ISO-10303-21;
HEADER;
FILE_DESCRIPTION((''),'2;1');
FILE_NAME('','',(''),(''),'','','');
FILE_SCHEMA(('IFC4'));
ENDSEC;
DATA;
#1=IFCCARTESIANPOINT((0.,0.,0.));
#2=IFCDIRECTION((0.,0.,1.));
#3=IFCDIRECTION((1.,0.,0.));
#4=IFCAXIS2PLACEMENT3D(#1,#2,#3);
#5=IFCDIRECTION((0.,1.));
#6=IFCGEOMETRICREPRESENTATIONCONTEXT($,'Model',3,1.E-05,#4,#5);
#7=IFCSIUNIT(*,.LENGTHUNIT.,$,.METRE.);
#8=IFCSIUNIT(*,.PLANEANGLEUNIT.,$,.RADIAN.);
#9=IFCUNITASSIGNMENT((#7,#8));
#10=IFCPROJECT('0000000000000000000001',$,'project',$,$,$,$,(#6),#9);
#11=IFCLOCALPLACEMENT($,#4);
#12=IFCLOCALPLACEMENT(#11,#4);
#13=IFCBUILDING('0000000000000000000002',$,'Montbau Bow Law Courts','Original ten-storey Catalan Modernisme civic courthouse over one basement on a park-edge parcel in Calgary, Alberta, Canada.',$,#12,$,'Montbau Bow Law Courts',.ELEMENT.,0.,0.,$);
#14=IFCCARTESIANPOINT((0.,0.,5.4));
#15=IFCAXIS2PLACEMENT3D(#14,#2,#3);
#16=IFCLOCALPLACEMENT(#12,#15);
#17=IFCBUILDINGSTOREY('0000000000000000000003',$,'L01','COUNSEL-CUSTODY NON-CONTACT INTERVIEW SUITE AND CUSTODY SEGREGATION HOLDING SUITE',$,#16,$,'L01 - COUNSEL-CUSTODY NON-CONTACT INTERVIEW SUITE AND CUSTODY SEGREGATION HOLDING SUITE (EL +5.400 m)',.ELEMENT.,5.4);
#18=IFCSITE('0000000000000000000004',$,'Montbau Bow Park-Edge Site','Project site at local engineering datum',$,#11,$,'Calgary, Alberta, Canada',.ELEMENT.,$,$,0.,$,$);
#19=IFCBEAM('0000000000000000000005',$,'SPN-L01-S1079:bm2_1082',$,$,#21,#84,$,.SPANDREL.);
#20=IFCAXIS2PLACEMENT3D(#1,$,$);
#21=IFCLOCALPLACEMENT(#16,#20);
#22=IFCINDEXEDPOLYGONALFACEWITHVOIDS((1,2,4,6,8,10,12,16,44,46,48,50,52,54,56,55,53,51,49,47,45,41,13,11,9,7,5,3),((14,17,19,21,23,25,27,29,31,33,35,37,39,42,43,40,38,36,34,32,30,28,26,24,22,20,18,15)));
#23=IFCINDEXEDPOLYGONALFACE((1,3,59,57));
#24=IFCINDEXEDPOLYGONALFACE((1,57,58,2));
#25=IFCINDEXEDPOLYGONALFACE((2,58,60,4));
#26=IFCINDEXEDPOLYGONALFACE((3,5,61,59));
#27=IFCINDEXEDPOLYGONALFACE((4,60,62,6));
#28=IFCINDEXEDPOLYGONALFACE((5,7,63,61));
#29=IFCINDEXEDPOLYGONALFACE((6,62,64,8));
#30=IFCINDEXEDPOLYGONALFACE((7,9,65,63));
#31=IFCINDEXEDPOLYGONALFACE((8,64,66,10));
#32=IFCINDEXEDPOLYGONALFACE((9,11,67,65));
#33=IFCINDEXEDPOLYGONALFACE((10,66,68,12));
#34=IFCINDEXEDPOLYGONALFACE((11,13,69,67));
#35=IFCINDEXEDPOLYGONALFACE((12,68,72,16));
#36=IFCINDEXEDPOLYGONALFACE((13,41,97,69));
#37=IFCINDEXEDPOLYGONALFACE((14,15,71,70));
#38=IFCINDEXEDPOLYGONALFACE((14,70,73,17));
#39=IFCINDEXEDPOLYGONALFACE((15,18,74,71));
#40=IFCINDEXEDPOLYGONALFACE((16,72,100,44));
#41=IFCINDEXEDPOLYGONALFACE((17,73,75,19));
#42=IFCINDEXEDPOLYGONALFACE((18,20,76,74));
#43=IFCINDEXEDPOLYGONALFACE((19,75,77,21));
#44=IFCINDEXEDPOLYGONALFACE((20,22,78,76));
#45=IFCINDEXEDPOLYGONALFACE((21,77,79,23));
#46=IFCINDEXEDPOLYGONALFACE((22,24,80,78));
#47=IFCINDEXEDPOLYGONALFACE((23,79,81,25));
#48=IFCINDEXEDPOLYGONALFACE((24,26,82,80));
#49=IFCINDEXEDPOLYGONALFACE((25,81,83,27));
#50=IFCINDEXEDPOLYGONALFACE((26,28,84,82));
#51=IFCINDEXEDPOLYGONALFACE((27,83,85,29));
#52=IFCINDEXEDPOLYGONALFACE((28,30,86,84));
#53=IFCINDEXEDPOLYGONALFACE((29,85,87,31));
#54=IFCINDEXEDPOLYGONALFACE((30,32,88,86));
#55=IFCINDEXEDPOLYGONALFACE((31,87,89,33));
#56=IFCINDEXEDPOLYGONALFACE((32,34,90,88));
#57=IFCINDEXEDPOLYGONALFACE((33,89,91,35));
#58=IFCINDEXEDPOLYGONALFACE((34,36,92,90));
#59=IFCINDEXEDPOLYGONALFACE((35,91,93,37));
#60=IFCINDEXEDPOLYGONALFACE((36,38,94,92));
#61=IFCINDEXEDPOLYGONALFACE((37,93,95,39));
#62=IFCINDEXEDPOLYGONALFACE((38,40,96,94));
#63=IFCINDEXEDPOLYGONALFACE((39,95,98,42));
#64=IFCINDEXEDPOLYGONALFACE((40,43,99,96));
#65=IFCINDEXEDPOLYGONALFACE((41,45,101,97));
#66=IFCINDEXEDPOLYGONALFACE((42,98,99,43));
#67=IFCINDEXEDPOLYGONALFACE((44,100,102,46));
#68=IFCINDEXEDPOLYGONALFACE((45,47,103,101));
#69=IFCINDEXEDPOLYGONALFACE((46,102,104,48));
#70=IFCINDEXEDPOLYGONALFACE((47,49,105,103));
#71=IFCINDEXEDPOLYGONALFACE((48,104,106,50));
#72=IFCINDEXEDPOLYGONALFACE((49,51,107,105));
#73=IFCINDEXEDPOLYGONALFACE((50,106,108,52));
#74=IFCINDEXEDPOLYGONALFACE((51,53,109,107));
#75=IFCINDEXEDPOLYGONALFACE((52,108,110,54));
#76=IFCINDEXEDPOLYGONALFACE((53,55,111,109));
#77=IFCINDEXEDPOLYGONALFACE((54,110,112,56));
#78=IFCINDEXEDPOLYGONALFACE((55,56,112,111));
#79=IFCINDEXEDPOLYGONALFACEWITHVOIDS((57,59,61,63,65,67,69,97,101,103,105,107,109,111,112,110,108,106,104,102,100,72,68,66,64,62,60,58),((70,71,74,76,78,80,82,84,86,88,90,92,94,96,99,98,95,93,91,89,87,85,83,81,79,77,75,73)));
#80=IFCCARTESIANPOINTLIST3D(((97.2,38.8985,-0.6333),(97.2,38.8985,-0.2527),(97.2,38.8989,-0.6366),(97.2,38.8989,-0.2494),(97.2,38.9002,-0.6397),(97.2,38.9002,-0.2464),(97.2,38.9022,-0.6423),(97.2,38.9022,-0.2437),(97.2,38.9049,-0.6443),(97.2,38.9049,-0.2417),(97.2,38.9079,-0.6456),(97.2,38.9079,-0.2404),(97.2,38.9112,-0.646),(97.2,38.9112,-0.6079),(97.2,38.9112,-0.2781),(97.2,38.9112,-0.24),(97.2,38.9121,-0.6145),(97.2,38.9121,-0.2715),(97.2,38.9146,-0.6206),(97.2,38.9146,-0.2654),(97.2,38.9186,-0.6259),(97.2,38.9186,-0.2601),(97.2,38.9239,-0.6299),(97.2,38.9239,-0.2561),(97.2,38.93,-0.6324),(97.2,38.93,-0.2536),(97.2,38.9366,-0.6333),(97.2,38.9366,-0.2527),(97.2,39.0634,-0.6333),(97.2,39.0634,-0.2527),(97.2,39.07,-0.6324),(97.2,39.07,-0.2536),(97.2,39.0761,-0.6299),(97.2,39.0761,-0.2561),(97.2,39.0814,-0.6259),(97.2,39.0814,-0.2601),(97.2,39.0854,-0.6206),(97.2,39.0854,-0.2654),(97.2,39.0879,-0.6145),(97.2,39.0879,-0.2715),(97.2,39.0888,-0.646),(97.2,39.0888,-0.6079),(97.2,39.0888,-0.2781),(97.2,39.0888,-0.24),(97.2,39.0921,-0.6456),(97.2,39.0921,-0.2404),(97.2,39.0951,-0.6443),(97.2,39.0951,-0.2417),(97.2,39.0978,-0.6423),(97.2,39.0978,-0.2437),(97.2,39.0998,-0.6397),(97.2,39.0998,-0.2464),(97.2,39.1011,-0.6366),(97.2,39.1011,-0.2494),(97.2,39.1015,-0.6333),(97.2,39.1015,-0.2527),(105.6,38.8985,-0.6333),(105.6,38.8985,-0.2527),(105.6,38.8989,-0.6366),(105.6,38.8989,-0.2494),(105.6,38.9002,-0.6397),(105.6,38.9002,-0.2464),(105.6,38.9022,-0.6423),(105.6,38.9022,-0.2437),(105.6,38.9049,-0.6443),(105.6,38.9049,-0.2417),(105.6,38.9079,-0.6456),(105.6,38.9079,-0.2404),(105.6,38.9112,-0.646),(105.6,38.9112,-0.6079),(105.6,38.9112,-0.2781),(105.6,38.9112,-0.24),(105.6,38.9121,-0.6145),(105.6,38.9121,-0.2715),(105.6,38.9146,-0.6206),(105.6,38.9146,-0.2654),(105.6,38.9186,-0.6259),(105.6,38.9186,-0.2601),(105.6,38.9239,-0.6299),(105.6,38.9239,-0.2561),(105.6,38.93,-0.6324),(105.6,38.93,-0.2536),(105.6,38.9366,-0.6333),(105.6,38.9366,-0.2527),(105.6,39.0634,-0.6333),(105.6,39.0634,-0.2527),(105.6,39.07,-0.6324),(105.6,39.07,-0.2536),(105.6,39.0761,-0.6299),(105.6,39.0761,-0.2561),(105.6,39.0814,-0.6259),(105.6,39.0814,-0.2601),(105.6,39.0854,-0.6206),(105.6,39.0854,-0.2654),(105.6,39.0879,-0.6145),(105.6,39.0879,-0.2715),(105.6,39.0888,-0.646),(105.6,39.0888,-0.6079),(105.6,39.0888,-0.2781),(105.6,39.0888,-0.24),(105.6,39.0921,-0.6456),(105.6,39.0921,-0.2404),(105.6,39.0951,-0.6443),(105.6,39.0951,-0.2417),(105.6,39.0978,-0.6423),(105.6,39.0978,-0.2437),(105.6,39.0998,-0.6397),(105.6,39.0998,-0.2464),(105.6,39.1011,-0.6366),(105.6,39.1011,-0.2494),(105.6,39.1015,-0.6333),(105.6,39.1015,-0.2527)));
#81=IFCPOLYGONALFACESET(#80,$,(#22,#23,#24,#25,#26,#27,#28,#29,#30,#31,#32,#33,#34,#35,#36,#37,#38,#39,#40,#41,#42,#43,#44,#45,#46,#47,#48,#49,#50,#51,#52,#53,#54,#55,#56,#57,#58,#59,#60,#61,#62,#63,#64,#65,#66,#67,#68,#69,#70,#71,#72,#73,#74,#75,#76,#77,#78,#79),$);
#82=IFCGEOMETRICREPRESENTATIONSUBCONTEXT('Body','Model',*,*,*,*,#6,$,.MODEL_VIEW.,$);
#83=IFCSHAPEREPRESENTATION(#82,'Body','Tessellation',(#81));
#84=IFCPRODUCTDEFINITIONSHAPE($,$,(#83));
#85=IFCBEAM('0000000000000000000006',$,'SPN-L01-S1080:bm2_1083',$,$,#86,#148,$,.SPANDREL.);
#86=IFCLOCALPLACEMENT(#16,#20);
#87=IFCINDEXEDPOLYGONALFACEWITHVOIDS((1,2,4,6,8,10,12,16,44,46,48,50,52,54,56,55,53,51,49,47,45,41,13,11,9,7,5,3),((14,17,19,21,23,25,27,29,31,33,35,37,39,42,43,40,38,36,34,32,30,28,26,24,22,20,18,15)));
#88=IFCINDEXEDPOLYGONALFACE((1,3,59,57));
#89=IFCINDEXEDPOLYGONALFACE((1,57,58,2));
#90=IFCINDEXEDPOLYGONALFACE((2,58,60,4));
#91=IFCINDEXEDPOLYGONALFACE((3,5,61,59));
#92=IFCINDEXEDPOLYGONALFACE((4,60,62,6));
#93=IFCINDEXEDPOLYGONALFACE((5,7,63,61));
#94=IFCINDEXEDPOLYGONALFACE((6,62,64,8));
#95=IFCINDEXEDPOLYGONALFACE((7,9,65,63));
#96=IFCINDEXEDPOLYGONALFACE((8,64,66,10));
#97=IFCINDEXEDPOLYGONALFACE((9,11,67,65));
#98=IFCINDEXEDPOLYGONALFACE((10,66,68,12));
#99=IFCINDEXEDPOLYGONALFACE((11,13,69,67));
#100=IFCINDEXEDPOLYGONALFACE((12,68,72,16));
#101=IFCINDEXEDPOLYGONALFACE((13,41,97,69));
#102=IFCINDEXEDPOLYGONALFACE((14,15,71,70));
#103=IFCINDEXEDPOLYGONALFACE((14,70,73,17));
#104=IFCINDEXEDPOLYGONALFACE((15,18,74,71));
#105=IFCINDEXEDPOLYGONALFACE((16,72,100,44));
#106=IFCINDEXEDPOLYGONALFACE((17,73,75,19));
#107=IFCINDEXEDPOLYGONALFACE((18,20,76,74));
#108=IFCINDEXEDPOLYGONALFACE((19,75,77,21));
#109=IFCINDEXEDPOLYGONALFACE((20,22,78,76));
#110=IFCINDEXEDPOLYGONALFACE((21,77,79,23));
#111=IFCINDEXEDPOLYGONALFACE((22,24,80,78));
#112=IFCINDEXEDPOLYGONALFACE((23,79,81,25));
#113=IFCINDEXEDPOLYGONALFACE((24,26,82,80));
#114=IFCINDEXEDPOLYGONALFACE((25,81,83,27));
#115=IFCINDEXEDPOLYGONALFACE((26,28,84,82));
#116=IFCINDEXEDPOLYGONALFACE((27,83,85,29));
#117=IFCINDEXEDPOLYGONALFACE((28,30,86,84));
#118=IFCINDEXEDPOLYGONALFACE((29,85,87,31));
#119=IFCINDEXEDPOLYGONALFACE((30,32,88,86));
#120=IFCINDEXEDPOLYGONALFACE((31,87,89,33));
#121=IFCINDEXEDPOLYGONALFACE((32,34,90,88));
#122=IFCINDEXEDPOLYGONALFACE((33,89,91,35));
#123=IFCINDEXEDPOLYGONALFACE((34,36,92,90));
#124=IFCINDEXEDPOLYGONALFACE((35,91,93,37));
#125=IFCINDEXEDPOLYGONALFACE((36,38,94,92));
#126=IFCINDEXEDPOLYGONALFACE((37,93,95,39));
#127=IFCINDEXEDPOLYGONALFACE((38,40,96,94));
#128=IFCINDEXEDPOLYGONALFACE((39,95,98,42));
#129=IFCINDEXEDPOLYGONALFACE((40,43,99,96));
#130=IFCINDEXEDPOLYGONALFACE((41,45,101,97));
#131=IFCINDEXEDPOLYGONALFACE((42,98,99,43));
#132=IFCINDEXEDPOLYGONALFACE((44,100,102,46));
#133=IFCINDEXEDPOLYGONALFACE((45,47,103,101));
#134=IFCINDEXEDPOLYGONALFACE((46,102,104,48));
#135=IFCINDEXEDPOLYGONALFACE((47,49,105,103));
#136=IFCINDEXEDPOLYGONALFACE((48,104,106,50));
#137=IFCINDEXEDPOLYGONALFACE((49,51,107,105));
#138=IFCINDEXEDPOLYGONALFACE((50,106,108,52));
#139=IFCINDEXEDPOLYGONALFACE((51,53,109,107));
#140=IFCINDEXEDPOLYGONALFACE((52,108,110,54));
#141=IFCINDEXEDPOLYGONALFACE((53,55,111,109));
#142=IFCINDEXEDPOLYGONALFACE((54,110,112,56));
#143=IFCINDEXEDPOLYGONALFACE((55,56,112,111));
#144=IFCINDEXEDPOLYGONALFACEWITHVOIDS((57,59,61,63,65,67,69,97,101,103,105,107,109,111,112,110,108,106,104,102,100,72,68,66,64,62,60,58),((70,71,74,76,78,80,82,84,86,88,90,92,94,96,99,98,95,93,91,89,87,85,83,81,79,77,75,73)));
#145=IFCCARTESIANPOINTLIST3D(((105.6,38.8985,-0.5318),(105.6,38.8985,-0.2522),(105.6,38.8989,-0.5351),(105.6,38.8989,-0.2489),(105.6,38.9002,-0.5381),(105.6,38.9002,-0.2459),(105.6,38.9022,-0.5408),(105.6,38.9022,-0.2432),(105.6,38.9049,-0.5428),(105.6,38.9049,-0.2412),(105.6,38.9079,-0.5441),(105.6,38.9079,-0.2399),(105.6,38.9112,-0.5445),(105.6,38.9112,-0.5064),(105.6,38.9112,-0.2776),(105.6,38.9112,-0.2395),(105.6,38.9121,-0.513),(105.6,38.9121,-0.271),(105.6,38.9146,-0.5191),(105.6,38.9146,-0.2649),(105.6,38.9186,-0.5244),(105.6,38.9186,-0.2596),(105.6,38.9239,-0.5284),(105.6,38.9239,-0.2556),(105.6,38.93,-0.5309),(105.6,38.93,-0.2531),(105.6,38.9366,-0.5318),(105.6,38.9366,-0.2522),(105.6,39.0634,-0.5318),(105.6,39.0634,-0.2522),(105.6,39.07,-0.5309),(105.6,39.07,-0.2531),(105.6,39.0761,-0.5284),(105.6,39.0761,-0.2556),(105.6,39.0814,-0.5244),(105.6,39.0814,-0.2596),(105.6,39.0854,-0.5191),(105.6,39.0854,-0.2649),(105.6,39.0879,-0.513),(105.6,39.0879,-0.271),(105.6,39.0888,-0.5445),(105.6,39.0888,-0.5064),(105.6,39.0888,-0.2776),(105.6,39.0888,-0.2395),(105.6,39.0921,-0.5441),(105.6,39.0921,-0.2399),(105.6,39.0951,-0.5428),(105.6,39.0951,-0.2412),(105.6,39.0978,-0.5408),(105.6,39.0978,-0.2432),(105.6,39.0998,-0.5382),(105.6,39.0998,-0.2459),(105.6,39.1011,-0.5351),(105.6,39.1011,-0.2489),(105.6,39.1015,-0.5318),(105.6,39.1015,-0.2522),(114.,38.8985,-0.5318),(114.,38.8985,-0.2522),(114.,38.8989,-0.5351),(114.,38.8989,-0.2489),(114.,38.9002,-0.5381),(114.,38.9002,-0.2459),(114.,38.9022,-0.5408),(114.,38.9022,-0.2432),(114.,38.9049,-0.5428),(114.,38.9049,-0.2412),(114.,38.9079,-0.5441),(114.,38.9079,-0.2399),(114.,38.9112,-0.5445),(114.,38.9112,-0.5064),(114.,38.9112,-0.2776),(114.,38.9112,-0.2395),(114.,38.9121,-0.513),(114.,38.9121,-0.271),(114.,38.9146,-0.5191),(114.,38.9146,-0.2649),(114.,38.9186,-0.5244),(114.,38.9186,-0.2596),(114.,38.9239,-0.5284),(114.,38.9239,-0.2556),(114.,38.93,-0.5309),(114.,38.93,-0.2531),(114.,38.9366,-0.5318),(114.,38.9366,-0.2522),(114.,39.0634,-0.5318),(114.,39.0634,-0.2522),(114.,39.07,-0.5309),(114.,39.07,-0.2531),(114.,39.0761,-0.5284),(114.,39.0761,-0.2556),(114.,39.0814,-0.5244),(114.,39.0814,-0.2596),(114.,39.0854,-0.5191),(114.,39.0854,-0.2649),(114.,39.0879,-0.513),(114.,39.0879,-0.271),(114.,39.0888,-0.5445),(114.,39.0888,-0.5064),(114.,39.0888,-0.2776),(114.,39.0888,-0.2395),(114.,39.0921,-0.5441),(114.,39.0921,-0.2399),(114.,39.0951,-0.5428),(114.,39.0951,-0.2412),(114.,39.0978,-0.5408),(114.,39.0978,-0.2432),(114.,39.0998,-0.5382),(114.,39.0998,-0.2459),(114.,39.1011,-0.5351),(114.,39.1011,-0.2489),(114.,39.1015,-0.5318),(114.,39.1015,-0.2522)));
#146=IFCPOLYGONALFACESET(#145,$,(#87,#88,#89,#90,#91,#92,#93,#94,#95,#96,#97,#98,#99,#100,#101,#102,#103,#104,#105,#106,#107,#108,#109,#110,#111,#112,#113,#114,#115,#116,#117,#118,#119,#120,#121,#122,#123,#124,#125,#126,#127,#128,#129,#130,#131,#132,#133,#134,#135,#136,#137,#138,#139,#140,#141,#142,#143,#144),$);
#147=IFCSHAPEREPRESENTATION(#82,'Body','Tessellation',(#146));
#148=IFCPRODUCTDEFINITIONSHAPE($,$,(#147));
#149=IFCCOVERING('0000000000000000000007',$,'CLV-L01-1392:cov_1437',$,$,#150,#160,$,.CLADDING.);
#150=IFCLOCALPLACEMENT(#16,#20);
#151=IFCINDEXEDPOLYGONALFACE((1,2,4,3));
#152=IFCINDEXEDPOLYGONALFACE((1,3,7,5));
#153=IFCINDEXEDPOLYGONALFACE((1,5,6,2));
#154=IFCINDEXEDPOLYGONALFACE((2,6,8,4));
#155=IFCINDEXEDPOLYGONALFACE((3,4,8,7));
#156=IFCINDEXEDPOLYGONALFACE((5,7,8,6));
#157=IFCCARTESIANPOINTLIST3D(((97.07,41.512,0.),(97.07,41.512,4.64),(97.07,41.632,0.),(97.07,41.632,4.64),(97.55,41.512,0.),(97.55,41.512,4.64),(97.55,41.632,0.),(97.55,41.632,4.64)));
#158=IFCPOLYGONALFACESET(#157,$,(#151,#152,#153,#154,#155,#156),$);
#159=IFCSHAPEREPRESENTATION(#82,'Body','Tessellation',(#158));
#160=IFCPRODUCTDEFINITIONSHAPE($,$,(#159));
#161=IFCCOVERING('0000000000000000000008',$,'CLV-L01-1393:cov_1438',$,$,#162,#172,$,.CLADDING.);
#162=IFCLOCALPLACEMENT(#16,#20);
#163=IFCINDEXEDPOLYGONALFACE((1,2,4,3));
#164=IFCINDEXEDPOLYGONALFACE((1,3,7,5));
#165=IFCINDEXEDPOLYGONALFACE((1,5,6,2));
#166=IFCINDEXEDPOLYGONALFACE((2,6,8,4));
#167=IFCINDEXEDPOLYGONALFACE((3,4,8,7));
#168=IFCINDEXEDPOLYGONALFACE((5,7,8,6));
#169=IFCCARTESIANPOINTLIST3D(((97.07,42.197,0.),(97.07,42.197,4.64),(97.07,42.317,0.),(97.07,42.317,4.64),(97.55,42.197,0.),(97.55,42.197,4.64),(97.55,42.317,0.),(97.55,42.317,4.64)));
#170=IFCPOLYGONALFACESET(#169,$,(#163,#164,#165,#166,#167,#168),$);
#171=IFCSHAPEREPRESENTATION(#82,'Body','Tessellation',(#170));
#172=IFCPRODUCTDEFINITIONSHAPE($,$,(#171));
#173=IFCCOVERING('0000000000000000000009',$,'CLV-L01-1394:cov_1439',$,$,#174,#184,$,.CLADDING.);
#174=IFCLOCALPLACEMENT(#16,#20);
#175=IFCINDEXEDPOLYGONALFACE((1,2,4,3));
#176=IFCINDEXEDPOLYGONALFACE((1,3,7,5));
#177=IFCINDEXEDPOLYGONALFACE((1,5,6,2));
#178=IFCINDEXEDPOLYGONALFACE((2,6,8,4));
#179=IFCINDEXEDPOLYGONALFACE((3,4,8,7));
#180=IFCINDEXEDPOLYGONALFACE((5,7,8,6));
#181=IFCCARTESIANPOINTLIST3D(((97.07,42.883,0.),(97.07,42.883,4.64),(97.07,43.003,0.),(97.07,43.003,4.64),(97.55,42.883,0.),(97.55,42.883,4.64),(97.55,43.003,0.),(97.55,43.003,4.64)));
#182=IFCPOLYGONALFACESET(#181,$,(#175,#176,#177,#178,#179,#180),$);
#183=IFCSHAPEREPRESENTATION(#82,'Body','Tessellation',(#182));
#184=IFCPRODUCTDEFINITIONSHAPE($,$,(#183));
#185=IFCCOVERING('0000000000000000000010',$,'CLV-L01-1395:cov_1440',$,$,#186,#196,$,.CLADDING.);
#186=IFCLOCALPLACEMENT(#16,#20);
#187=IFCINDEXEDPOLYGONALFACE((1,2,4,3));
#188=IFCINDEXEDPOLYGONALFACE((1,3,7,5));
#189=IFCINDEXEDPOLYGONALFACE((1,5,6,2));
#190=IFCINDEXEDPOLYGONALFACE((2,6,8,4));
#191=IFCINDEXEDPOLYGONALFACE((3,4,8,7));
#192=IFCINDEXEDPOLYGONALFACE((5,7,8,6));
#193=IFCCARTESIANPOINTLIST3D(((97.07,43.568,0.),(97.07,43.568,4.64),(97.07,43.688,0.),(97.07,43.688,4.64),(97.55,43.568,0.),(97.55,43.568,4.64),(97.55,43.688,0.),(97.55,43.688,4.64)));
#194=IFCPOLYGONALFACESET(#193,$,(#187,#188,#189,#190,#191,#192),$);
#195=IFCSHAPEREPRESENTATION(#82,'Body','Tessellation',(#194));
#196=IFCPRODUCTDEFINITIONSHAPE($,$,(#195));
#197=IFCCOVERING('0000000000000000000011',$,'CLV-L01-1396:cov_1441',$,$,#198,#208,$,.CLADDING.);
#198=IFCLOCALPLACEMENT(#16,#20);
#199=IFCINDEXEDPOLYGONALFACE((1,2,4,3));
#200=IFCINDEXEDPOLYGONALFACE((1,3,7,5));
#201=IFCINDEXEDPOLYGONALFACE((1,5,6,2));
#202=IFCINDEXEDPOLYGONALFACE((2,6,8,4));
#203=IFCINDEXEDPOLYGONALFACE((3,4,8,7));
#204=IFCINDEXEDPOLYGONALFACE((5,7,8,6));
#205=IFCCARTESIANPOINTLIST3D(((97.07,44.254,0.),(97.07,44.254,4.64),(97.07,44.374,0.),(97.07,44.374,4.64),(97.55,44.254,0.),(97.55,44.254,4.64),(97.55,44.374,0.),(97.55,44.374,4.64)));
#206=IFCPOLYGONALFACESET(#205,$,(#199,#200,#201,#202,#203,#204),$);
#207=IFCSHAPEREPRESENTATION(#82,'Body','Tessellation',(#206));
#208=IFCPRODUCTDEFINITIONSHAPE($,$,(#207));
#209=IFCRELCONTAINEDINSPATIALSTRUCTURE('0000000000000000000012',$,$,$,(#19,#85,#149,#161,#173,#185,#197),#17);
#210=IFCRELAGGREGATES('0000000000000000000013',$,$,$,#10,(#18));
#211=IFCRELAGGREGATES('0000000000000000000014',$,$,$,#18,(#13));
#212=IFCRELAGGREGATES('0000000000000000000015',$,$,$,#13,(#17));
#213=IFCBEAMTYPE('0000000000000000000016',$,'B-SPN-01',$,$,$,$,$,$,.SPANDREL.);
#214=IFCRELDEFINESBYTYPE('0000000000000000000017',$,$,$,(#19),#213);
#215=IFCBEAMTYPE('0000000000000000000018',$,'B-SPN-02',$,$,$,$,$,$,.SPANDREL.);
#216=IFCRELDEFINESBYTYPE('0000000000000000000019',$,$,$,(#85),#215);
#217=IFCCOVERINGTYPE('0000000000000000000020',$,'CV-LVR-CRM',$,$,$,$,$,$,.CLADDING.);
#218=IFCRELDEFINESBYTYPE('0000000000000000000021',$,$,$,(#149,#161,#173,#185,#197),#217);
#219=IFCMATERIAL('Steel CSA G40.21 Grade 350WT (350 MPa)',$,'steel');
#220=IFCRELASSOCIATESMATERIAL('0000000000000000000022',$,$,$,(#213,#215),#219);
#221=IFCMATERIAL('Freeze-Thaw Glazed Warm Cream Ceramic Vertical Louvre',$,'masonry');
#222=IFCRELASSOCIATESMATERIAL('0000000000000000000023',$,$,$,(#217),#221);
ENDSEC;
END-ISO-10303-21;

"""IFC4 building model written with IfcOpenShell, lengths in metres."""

from ifc_helpers import new_model, si_unit, direction, frame, frame_2d, origin_with_axes, origin_2d_with_axis, place, context, subcontext, project, spatial, rectangle, hollow_rectangle, extrude, material, material_profile, profile_set, type_object, element, save


model = new_model("IFC4")

# Units and contexts
model_context = context("Model", 3, precision=1e-05, world=origin_with_axes(), true_north=direction((0.0, 1.0)))
body_context = subcontext(model_context, "Body", "Model", "MODEL_VIEW")
ifc_project = project(units=[si_unit("LENGTHUNIT", "METRE"), si_unit("PLANEANGLEUNIT", "RADIAN")], contexts=[model_context])

# Site, building, storey
site_placement = place(None, origin_with_axes())
site = spatial("IfcSite", under=ifc_project, at=site_placement, Name="Montbau Bow Park-Edge Site", Description="Project site at local engineering datum", LongName="Calgary, Alberta, Canada", CompositionType="ELEMENT", RefElevation=0.0)
building_placement = place(site_placement, origin_with_axes())
building = spatial("IfcBuilding", under=site, at=building_placement, Name="Montbau Bow Law Courts", Description="Original ten-storey Catalan Modernisme civic courthouse over one basement on a park-edge parcel in Calgary, Alberta, Canada.", LongName="Montbau Bow Law Courts", CompositionType="ELEMENT", ElevationOfRefHeight=0.0, ElevationOfTerrain=0.0)
storey_placement = place(building_placement, frame((0.0, 0.0, 5.4), z_axis=(0.0, 0.0, 1.0), x_axis=(1.0, 0.0, 0.0)))
storey = spatial("IfcBuildingStorey", under=building, at=storey_placement, Name="L01", Description="COUNSEL-CUSTODY NON-CONTACT INTERVIEW SUITE AND CUSTODY SEGREGATION HOLDING SUITE", LongName="L01 - COUNSEL-CUSTODY NON-CONTACT INTERVIEW SUITE AND CUSTODY SEGREGATION HOLDING SUITE (EL +5.400 m)", CompositionType="ELEMENT", Elevation=5.4)

# Beams
ifc_material_1 = material(Name="Steel CSA G40.21 Grade 350WT (350 MPa)", Category="steel")
ifc_material_profile_1 = material_profile(ifc_material_1, hollow_rectangle(XDim=0.203, YDim=0.406, WallThickness=0.0127, InnerFilletRadius=0.0254, OuterFilletRadius=0.0127, at=origin_2d_with_axis()), Name="HSS406X203X13", Category="Main", Priority=0)
ifc_profile_set_1 = profile_set([ifc_material_profile_1], Name="Steel CSA G40.21 Grade 350WT (350 MPa)")
beam_type_1 = type_object("IfcBeamType", Name="B-SPN-01", PredefinedType="SPANDREL", material=ifc_profile_set_1)
beam_1_placement = place(None, frame((97.2, 39.0, 4.957), z_axis=(1.0, 0.0, 0.0), x_axis=(0.0, 1.0, 0.0)))
element("IfcBeam", 1, at=beam_1_placement, inside=storey, type_object=beam_type_1, Name="SPN-L01-S1079:bm2_1082", PredefinedType="SPANDREL", context=body_context, shape_type="SweptSolid", body=[
    extrude(hollow_rectangle(XDim=0.203, YDim=0.406, WallThickness=0.0127, InnerFilletRadius=0.0254, OuterFilletRadius=0.0127, at=origin_2d_with_axis()), origin_with_axes(), (0.0, 0.0, 1.0), 8.4),
])
ifc_material_profile_2 = material_profile(ifc_material_1, hollow_rectangle(XDim=0.203, YDim=0.305, WallThickness=0.0127, InnerFilletRadius=0.0254, OuterFilletRadius=0.0127, at=origin_2d_with_axis()), Name="HSS305X203X13", Category="Main", Priority=0)
ifc_profile_set_2 = profile_set([ifc_material_profile_2], Name="Steel CSA G40.21 Grade 350WT (350 MPa)")
beam_type_2 = type_object("IfcBeamType", Name="B-SPN-02", PredefinedType="SPANDREL", material=ifc_profile_set_2)
beam_2_placement = place(None, frame((105.6, 39.0, 5.008), z_axis=(1.0, 0.0, 0.0), x_axis=(0.0, 1.0, 0.0)))
element("IfcBeam", 2, at=beam_2_placement, inside=storey, type_object=beam_type_2, Name="SPN-L01-S1080:bm2_1083", PredefinedType="SPANDREL", context=body_context, shape_type="SweptSolid", body=[
    extrude(hollow_rectangle(XDim=0.203, YDim=0.305, WallThickness=0.0127, InnerFilletRadius=0.0254, OuterFilletRadius=0.0127, at=origin_2d_with_axis()), origin_with_axes(), (0.0, 0.0, 1.0), 8.4),
])

# Coverings
ifc_material_2 = material(Name="Freeze-Thaw Glazed Warm Cream Ceramic Vertical Louvre", Category="masonry")
covering_type = type_object("IfcCoveringType", Name="CV-LVR-CRM", PredefinedType="CLADDING", material=ifc_material_2)
for number, where, z_axis, x_axis, name in (
    (3, (97.07, 41.572, 5.4), (0.0, -1.0, 0.0), (1.0, 0.0, 0.0), "CLV-L01-1392:cov_1437"),
    (4, (97.07, 42.257, 5.4), (0.0, -1.0, 0.0), (1.0, 0.0, 0.0), "CLV-L01-1393:cov_1438"),
    (5, (97.07, 42.943, 5.4), (0.0, -1.0, 0.0), (1.0, 0.0, 0.0), "CLV-L01-1394:cov_1439"),
    (6, (97.07, 43.628, 5.4), (0.0, -1.0, 0.0), (1.0, 0.0, 0.0), "CLV-L01-1395:cov_1440"),
    (7, (97.07, 44.314, 5.4), (0.0, -1.0, 0.0), (1.0, 0.0, 0.0), "CLV-L01-1396:cov_1441"),
):
    element("IfcCovering", number, at=place(None, frame(where, z_axis=z_axis, x_axis=x_axis)), inside=storey, type_object=covering_type, Name=name, PredefinedType="CLADDING", context=body_context, shape_type="SweptSolid", body=[
        extrude(rectangle(XDim=0.48, YDim=4.64, at=frame_2d((0.24, 2.32), x_axis=(1.0, 0.0))), frame((0.0, 0.0, -0.06), z_axis=(0.0, 0.0, 1.0), x_axis=(1.0, 0.0, 0.0)), (0.0, 0.0, 1.0), 0.12),
    ])

save(model, "model.ifc")
